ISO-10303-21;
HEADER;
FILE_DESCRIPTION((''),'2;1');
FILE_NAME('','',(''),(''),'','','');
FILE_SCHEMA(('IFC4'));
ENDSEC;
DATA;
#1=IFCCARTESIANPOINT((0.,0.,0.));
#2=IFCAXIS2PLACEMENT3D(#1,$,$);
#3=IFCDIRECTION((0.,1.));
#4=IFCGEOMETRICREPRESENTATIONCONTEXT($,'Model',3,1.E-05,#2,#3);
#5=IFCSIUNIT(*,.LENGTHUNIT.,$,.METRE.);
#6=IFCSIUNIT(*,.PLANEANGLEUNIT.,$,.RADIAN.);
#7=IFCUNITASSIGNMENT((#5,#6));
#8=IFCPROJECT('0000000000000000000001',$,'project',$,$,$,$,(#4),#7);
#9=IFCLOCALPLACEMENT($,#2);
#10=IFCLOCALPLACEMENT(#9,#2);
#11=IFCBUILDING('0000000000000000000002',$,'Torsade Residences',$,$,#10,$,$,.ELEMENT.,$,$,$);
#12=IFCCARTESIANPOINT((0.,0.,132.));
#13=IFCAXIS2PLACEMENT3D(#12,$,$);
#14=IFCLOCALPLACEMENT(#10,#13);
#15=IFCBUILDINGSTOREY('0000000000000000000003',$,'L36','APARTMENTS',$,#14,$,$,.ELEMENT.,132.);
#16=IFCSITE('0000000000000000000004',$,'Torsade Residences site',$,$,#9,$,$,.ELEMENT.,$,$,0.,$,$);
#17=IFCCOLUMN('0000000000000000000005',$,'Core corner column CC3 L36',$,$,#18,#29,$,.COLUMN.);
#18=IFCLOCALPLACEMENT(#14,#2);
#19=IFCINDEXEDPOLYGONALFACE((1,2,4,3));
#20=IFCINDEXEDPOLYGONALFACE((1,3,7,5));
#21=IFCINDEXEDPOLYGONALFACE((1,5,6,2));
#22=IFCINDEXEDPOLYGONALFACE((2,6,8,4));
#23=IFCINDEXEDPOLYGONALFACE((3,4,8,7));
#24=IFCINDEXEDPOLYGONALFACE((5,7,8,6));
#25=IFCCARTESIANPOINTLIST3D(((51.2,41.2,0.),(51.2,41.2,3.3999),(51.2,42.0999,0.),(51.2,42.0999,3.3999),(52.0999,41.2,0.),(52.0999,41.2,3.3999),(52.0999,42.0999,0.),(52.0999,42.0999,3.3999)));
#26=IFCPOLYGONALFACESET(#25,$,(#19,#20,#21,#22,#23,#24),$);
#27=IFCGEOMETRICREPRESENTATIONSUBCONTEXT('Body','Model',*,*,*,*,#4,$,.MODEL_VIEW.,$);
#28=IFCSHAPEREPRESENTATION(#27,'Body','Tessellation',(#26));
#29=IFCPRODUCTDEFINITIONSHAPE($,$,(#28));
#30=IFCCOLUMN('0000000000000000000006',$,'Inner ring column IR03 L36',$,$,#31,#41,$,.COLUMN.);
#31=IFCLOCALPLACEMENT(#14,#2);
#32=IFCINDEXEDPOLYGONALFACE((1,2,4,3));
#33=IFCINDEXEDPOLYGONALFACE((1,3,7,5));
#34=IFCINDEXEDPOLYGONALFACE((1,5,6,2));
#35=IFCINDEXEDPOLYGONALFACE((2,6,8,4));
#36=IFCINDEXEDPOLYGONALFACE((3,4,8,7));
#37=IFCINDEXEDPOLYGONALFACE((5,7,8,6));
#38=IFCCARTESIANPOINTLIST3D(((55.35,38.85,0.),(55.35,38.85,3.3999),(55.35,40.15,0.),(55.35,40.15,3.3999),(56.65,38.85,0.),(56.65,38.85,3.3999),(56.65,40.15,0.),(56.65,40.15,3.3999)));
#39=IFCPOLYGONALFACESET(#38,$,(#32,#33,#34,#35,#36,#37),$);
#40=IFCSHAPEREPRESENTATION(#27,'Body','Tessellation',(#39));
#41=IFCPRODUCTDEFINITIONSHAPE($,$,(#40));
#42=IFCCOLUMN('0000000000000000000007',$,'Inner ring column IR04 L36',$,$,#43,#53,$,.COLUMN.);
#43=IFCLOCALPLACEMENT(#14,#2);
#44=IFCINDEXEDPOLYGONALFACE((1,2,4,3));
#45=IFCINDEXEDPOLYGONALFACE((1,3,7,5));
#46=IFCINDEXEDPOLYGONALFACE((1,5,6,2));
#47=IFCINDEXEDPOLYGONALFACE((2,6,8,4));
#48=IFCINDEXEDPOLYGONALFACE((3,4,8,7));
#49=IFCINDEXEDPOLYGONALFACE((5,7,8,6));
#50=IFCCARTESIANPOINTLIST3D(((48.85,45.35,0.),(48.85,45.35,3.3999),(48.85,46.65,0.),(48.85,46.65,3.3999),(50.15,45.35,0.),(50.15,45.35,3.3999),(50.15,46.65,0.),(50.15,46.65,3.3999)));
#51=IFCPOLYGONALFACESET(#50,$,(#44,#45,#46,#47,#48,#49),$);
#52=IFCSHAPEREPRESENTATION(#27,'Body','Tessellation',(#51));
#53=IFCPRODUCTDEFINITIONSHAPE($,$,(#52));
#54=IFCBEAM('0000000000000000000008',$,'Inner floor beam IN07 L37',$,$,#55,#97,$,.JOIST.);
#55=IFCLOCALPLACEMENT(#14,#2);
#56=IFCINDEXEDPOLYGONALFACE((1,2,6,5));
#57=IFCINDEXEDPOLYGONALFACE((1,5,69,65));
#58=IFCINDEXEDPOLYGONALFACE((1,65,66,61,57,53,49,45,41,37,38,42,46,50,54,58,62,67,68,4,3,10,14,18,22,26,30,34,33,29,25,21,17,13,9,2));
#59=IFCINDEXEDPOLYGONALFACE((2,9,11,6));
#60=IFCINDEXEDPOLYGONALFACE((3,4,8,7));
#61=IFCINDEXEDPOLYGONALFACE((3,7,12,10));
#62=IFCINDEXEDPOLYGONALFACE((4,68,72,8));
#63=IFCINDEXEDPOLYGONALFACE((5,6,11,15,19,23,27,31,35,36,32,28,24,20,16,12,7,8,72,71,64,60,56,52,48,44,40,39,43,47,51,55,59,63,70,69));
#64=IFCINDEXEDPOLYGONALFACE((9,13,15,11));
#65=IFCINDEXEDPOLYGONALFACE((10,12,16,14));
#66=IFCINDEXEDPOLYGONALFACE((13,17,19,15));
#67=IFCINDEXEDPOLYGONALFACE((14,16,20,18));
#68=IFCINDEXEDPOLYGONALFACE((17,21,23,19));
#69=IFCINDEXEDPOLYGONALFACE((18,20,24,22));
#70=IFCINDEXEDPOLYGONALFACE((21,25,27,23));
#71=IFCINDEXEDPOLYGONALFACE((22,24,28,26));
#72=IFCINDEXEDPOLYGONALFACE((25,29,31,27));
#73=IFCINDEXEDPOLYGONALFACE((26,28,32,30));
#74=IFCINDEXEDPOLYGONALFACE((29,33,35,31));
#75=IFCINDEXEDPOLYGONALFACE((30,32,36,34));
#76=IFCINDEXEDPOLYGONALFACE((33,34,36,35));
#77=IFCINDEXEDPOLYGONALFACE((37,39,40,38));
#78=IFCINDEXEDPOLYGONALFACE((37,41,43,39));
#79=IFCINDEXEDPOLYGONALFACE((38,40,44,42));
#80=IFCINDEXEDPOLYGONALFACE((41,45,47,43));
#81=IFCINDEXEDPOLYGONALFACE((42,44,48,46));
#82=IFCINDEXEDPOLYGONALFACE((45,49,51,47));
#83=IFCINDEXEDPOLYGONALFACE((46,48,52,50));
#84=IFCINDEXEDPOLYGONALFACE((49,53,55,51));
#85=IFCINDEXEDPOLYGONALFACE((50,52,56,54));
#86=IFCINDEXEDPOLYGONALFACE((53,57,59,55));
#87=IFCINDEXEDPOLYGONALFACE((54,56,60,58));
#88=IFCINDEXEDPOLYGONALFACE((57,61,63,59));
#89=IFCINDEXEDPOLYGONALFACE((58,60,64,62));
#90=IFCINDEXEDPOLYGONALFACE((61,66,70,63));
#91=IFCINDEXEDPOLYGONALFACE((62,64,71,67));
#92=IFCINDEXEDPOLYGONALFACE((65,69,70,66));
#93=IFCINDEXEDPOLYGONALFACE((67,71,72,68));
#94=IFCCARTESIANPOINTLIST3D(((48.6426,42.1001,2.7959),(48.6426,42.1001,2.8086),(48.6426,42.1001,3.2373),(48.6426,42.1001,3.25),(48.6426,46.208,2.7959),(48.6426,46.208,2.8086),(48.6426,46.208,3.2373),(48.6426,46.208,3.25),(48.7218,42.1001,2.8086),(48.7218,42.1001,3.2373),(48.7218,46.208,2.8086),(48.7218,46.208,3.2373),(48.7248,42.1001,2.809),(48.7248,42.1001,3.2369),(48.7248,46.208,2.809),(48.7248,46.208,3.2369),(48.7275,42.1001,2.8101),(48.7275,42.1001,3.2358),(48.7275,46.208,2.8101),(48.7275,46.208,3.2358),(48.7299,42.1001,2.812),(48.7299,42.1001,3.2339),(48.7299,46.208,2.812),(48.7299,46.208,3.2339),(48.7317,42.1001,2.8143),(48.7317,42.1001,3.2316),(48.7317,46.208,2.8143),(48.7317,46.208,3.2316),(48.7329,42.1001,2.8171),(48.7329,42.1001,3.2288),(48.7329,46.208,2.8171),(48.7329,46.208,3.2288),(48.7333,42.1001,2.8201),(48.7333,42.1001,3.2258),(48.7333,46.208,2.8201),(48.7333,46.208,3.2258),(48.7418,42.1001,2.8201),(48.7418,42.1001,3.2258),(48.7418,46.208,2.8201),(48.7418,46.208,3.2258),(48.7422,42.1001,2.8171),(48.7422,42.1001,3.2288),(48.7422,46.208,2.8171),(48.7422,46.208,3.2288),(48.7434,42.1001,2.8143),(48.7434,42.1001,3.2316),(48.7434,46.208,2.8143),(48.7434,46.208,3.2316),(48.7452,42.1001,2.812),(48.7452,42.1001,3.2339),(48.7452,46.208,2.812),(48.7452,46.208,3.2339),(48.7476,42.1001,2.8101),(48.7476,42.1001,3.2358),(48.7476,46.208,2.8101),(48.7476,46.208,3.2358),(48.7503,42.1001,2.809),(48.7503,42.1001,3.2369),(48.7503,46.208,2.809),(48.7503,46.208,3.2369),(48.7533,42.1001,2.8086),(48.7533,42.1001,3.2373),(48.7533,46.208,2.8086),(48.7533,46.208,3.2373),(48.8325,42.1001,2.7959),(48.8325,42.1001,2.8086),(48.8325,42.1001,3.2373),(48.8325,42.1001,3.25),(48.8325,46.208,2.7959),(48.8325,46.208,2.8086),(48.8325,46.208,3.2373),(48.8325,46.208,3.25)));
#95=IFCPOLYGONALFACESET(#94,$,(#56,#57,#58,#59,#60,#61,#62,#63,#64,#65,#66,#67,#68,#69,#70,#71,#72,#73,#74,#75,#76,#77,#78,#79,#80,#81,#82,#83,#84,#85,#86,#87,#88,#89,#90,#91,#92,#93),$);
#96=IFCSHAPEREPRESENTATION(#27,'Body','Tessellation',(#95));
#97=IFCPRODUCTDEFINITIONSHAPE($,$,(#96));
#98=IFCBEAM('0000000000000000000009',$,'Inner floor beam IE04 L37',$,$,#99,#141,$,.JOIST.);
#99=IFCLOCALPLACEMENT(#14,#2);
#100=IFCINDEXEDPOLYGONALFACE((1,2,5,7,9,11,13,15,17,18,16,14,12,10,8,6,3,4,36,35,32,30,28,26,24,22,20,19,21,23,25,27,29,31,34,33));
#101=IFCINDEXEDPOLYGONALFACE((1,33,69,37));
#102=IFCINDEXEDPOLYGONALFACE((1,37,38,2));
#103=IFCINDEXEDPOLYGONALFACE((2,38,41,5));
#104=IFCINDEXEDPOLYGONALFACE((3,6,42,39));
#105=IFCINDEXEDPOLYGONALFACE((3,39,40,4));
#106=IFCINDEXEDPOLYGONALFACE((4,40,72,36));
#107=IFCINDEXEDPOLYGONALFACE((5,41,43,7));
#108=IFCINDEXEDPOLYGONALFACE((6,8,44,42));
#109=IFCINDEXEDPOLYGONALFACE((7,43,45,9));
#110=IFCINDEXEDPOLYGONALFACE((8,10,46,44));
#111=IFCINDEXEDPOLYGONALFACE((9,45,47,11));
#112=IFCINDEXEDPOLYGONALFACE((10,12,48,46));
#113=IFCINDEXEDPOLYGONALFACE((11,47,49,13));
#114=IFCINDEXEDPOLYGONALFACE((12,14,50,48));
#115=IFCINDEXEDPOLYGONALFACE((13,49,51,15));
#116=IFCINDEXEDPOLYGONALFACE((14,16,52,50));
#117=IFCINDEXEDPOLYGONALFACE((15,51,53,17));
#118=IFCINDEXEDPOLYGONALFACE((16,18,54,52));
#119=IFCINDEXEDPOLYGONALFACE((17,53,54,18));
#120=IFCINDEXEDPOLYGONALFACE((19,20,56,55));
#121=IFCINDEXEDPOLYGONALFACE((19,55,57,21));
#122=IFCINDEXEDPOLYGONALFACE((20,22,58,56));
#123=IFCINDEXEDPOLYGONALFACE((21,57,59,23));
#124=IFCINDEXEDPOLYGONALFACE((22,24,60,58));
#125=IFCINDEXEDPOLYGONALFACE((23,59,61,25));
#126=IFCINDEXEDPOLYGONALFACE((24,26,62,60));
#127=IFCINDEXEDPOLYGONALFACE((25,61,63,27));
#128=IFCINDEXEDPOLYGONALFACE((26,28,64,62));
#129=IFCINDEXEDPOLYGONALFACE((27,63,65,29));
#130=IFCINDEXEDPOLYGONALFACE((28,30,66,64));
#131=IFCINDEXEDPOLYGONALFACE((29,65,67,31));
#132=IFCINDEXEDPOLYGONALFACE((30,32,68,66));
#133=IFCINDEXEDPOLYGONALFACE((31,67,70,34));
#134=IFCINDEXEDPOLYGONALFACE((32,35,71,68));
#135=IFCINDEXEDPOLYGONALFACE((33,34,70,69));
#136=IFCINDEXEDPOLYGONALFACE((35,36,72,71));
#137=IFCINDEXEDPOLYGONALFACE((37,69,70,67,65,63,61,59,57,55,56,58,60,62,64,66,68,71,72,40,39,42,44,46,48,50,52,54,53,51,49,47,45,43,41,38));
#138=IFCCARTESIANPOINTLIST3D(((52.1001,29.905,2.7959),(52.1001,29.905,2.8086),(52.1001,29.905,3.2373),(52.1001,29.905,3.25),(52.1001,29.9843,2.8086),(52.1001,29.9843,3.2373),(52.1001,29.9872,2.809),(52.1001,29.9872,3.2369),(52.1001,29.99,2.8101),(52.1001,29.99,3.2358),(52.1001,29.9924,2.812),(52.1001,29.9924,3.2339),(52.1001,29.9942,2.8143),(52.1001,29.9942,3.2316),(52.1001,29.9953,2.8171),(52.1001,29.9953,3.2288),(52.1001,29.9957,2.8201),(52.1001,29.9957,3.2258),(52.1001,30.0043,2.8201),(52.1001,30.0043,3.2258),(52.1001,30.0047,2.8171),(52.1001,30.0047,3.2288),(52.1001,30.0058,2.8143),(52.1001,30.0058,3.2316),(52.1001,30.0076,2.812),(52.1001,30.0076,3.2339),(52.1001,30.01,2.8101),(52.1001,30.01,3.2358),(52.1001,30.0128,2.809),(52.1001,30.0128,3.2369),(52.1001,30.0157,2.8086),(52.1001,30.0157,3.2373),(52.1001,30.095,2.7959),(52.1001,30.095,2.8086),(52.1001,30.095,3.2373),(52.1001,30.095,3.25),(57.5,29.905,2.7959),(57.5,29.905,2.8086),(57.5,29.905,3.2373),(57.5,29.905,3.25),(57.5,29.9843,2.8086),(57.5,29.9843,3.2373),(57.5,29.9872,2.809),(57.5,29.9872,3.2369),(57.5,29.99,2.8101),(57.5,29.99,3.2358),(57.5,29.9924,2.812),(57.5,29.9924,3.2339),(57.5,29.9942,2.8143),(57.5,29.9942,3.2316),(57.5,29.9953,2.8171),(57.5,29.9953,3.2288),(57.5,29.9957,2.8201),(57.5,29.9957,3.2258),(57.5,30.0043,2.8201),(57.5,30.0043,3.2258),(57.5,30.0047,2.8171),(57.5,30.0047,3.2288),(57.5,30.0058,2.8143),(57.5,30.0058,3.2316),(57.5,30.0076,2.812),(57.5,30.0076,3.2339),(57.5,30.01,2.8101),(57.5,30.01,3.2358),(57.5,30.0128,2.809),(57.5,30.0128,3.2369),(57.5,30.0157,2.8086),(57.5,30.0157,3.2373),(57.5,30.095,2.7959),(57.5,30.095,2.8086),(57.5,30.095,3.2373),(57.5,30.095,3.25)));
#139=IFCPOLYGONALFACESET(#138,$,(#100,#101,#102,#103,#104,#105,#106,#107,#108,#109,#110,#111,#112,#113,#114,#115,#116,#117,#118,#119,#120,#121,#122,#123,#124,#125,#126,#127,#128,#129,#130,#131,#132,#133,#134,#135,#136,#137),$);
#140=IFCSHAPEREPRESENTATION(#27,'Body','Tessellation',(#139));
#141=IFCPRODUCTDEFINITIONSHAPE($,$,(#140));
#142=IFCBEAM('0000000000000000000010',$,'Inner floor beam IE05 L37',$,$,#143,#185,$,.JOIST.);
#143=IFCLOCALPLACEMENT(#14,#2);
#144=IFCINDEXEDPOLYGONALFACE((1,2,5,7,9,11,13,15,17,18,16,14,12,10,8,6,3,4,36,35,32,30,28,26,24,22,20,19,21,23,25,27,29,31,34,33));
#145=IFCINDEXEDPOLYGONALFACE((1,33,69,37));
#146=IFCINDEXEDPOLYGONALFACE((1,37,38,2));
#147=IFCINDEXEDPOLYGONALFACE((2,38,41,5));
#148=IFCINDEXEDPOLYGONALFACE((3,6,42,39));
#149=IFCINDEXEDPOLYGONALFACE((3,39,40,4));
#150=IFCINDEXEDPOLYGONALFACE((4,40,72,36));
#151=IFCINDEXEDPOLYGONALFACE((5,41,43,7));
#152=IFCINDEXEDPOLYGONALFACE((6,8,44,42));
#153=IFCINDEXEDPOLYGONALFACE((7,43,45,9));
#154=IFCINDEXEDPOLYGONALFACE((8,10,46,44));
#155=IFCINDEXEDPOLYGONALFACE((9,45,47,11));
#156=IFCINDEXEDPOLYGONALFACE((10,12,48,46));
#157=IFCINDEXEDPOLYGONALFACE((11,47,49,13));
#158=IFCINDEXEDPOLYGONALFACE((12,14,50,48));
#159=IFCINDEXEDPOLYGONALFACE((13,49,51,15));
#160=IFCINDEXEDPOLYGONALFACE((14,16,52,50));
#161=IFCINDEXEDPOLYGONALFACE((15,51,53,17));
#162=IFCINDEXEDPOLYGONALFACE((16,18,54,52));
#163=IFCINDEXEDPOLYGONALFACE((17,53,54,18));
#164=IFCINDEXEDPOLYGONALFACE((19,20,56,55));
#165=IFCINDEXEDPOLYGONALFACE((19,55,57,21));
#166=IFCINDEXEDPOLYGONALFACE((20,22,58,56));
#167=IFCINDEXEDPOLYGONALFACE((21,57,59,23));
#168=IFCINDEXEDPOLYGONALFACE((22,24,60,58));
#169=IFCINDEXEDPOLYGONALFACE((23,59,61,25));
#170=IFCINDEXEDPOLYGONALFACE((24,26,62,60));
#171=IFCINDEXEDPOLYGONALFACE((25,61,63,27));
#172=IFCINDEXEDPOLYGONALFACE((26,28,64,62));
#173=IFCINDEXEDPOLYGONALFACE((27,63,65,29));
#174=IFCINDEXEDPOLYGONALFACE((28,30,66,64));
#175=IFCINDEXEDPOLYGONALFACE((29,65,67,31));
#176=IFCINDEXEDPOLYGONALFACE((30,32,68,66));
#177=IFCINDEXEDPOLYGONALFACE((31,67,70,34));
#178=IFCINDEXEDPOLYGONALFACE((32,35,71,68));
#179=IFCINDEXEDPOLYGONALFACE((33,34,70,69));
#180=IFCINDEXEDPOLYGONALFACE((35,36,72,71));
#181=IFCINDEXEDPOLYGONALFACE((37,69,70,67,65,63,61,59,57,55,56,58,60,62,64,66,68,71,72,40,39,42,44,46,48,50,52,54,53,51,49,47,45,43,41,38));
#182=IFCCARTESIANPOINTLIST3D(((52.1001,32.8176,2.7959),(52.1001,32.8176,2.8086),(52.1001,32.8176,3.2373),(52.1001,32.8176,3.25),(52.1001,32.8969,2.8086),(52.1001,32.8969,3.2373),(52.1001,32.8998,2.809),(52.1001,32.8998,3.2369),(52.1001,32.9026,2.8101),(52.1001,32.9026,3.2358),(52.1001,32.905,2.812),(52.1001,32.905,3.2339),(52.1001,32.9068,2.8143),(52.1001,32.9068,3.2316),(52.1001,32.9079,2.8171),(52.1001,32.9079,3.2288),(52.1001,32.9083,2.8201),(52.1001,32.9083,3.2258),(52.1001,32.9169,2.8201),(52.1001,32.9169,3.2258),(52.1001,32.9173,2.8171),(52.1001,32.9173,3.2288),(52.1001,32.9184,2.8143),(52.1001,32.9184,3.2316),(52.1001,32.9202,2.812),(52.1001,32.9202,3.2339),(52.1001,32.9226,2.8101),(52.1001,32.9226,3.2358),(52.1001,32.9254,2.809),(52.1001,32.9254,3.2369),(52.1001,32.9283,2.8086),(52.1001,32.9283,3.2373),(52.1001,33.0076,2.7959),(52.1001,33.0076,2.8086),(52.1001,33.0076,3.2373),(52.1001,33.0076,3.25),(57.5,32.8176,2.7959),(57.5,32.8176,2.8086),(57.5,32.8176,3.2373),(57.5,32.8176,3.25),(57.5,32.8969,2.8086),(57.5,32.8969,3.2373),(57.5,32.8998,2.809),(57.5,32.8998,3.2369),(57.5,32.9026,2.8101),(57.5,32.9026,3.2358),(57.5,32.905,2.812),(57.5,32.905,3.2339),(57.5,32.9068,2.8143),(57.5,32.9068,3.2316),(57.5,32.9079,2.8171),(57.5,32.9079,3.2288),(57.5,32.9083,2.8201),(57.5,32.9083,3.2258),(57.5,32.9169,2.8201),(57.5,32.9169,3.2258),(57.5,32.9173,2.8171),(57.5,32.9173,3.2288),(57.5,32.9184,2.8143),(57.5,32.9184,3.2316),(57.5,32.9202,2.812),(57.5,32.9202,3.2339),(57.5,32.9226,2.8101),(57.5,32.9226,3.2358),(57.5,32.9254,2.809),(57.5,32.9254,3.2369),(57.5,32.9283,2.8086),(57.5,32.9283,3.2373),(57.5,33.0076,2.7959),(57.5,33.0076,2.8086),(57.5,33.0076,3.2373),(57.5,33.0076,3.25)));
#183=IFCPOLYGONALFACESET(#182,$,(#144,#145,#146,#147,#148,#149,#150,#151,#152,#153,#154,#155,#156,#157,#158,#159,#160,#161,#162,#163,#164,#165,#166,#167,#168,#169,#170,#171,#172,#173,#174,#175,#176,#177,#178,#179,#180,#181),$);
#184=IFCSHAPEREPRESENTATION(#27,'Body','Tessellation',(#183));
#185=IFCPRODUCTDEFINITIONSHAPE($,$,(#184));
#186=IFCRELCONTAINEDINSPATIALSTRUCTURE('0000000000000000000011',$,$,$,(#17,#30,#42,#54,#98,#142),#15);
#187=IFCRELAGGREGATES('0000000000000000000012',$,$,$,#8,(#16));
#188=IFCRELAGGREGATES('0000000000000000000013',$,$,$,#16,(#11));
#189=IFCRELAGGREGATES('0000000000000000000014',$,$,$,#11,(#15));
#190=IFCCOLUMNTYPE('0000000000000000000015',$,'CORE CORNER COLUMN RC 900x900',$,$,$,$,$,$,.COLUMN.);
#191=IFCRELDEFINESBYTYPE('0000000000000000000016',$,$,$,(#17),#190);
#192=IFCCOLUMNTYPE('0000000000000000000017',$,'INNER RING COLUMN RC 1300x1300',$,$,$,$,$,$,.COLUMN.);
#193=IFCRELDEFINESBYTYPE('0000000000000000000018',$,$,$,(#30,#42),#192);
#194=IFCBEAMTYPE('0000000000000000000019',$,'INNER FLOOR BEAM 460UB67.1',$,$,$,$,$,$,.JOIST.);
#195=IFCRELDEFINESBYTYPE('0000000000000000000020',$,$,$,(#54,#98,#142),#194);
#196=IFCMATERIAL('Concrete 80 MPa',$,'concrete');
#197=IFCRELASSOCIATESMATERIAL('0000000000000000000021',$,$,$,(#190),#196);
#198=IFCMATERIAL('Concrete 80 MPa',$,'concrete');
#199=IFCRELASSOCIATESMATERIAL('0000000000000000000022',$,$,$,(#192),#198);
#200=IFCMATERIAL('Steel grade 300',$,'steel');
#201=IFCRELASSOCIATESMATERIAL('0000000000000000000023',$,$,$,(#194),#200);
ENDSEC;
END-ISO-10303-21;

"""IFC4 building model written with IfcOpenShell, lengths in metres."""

from ifc_helpers import new_model, si_unit, direction, frame, origin, origin_2d, place, context, subcontext, project, spatial, rectangle, i_section, extrude, material, material_profile, profile_set, type_object, element, save


model = new_model("IFC4")

# Units and contexts
model_context = context("Model", 3, precision=1e-05, world=origin(), true_north=direction((0.0, 1.0)))
body_context = subcontext(model_context, "Body", "Model", "MODEL_VIEW")
ifc_project = project(units=[si_unit("LENGTHUNIT", "METRE"), si_unit("PLANEANGLEUNIT", "RADIAN")], contexts=[model_context])

# Site, building, storey
site_placement = place(None, origin())
site = spatial("IfcSite", under=ifc_project, at=site_placement, Name="Torsade Residences site", CompositionType="ELEMENT", RefElevation=0.0)
building_placement = place(site_placement, origin())
building = spatial("IfcBuilding", under=site, at=building_placement, Name="Torsade Residences", CompositionType="ELEMENT")
storey_placement = place(building_placement, frame((0.0, 0.0, 132.0)))
storey = spatial("IfcBuildingStorey", under=building, at=storey_placement, Name="L36", Description="APARTMENTS", CompositionType="ELEMENT", Elevation=132.0)

# Columns
ifc_material_1 = material(Name="Concrete 80 MPa", Category="concrete")
ifc_material_profile_1 = material_profile(ifc_material_1, rectangle(XDim=0.8999, YDim=0.8999, at=origin_2d()), Name="RC 900x900")
ifc_profile_set_1 = profile_set([ifc_material_profile_1], Name="Concrete 80 MPa")
column_type_1 = type_object("IfcColumnType", Name="CORE CORNER COLUMN RC 900x900", PredefinedType="COLUMN", material=ifc_profile_set_1)
column_placement = place(storey_placement, frame((51.6499, 41.6499, 0.0), z_axis=(0.0, 0.0, 1.0), x_axis=(1.0, 0.0, 0.0)))
element("IfcColumn", 1, at=column_placement, inside=storey, type_object=column_type_1, Name="Core corner column CC3 L36", PredefinedType="COLUMN", context=body_context, shape_type="SweptSolid", body=[
    extrude(rectangle(XDim=0.8999, YDim=0.8999, at=origin_2d()), origin(), (0.0, 0.0, 1.0), 3.3999),
])
ifc_material_2 = material(Name="Concrete 80 MPa", Category="concrete")
ifc_material_profile_2 = material_profile(ifc_material_2, rectangle(XDim=1.3, YDim=1.3, at=origin_2d()), Name="RC 1300x1300")
ifc_profile_set_2 = profile_set([ifc_material_profile_2], Name="Concrete 80 MPa")
column_type_2 = type_object("IfcColumnType", Name="INNER RING COLUMN RC 1300x1300", PredefinedType="COLUMN", material=ifc_profile_set_2)
for number, where, z_axis, x_axis, name in (
    (2, (56.0, 39.5, 0.0), (0.0, 0.0, 1.0), (1.0, 0.0, 0.0), "Inner ring column IR03 L36"),
    (3, (49.5, 46.0, 0.0), (0.0, 0.0, 1.0), (1.0, 0.0, 0.0), "Inner ring column IR04 L36"),
):
    element("IfcColumn", number, at=place(storey_placement, frame(where, z_axis=z_axis, x_axis=x_axis)), inside=storey, type_object=column_type_2, Name=name, PredefinedType="COLUMN", context=body_context, shape_type="SweptSolid", body=[
        extrude(rectangle(XDim=1.3, YDim=1.3, at=origin_2d()), origin(), (0.0, 0.0, 1.0), 3.3999),
    ])

# Beams
ifc_material_3 = material(Name="Steel grade 300", Category="steel")
ifc_material_profile_3 = material_profile(ifc_material_3, i_section(OverallWidth=0.1899, OverallDepth=0.4541, WebThickness=0.0085, FlangeThickness=0.0127, FilletRadius=0.0115, at=origin_2d()), Name="460UB67.1")
ifc_profile_set_3 = profile_set([ifc_material_profile_3], Name="Steel grade 300")
beam_type = type_object("IfcBeamType", Name="INNER FLOOR BEAM 460UB67.1", PredefinedType="JOIST", material=ifc_profile_set_3)
beam_1_placement = place(storey_placement, frame((48.7375, 42.1001, 3.0229), z_axis=(0.0, 1.0, 0.0), x_axis=(-1.0, 0.0, 0.0)))
element("IfcBeam", 4, at=beam_1_placement, inside=storey, type_object=beam_type, Name="Inner floor beam IN07 L37", PredefinedType="JOIST", context=body_context, shape_type="SweptSolid", body=[
    extrude(i_section(OverallWidth=0.1899, OverallDepth=0.4541, WebThickness=0.0085, FlangeThickness=0.0127, FilletRadius=0.0115, at=origin_2d()), origin(), (0.0, 0.0, 1.0), 4.1079),
])
for number, where, z_axis, x_axis, name in (
    (5, (52.1001, 30.0, 3.0229), (1.0, 0.0, 0.0), (0.0, 1.0, 0.0), "Inner floor beam IE04 L37"),
    (6, (52.1001, 32.9126, 3.0229), (1.0, 0.0, 0.0), (0.0, 1.0, 0.0), "Inner floor beam IE05 L37"),
):
    element("IfcBeam", number, at=place(storey_placement, frame(where, z_axis=z_axis, x_axis=x_axis)), inside=storey, type_object=beam_type, Name=name, PredefinedType="JOIST", context=body_context, shape_type="SweptSolid", body=[
        extrude(i_section(OverallWidth=0.1899, OverallDepth=0.4541, WebThickness=0.0085, FlangeThickness=0.0127, FilletRadius=0.0115, at=origin_2d()), origin(), (0.0, 0.0, 1.0), 5.3999),
    ])

save(model, "model.ifc")
